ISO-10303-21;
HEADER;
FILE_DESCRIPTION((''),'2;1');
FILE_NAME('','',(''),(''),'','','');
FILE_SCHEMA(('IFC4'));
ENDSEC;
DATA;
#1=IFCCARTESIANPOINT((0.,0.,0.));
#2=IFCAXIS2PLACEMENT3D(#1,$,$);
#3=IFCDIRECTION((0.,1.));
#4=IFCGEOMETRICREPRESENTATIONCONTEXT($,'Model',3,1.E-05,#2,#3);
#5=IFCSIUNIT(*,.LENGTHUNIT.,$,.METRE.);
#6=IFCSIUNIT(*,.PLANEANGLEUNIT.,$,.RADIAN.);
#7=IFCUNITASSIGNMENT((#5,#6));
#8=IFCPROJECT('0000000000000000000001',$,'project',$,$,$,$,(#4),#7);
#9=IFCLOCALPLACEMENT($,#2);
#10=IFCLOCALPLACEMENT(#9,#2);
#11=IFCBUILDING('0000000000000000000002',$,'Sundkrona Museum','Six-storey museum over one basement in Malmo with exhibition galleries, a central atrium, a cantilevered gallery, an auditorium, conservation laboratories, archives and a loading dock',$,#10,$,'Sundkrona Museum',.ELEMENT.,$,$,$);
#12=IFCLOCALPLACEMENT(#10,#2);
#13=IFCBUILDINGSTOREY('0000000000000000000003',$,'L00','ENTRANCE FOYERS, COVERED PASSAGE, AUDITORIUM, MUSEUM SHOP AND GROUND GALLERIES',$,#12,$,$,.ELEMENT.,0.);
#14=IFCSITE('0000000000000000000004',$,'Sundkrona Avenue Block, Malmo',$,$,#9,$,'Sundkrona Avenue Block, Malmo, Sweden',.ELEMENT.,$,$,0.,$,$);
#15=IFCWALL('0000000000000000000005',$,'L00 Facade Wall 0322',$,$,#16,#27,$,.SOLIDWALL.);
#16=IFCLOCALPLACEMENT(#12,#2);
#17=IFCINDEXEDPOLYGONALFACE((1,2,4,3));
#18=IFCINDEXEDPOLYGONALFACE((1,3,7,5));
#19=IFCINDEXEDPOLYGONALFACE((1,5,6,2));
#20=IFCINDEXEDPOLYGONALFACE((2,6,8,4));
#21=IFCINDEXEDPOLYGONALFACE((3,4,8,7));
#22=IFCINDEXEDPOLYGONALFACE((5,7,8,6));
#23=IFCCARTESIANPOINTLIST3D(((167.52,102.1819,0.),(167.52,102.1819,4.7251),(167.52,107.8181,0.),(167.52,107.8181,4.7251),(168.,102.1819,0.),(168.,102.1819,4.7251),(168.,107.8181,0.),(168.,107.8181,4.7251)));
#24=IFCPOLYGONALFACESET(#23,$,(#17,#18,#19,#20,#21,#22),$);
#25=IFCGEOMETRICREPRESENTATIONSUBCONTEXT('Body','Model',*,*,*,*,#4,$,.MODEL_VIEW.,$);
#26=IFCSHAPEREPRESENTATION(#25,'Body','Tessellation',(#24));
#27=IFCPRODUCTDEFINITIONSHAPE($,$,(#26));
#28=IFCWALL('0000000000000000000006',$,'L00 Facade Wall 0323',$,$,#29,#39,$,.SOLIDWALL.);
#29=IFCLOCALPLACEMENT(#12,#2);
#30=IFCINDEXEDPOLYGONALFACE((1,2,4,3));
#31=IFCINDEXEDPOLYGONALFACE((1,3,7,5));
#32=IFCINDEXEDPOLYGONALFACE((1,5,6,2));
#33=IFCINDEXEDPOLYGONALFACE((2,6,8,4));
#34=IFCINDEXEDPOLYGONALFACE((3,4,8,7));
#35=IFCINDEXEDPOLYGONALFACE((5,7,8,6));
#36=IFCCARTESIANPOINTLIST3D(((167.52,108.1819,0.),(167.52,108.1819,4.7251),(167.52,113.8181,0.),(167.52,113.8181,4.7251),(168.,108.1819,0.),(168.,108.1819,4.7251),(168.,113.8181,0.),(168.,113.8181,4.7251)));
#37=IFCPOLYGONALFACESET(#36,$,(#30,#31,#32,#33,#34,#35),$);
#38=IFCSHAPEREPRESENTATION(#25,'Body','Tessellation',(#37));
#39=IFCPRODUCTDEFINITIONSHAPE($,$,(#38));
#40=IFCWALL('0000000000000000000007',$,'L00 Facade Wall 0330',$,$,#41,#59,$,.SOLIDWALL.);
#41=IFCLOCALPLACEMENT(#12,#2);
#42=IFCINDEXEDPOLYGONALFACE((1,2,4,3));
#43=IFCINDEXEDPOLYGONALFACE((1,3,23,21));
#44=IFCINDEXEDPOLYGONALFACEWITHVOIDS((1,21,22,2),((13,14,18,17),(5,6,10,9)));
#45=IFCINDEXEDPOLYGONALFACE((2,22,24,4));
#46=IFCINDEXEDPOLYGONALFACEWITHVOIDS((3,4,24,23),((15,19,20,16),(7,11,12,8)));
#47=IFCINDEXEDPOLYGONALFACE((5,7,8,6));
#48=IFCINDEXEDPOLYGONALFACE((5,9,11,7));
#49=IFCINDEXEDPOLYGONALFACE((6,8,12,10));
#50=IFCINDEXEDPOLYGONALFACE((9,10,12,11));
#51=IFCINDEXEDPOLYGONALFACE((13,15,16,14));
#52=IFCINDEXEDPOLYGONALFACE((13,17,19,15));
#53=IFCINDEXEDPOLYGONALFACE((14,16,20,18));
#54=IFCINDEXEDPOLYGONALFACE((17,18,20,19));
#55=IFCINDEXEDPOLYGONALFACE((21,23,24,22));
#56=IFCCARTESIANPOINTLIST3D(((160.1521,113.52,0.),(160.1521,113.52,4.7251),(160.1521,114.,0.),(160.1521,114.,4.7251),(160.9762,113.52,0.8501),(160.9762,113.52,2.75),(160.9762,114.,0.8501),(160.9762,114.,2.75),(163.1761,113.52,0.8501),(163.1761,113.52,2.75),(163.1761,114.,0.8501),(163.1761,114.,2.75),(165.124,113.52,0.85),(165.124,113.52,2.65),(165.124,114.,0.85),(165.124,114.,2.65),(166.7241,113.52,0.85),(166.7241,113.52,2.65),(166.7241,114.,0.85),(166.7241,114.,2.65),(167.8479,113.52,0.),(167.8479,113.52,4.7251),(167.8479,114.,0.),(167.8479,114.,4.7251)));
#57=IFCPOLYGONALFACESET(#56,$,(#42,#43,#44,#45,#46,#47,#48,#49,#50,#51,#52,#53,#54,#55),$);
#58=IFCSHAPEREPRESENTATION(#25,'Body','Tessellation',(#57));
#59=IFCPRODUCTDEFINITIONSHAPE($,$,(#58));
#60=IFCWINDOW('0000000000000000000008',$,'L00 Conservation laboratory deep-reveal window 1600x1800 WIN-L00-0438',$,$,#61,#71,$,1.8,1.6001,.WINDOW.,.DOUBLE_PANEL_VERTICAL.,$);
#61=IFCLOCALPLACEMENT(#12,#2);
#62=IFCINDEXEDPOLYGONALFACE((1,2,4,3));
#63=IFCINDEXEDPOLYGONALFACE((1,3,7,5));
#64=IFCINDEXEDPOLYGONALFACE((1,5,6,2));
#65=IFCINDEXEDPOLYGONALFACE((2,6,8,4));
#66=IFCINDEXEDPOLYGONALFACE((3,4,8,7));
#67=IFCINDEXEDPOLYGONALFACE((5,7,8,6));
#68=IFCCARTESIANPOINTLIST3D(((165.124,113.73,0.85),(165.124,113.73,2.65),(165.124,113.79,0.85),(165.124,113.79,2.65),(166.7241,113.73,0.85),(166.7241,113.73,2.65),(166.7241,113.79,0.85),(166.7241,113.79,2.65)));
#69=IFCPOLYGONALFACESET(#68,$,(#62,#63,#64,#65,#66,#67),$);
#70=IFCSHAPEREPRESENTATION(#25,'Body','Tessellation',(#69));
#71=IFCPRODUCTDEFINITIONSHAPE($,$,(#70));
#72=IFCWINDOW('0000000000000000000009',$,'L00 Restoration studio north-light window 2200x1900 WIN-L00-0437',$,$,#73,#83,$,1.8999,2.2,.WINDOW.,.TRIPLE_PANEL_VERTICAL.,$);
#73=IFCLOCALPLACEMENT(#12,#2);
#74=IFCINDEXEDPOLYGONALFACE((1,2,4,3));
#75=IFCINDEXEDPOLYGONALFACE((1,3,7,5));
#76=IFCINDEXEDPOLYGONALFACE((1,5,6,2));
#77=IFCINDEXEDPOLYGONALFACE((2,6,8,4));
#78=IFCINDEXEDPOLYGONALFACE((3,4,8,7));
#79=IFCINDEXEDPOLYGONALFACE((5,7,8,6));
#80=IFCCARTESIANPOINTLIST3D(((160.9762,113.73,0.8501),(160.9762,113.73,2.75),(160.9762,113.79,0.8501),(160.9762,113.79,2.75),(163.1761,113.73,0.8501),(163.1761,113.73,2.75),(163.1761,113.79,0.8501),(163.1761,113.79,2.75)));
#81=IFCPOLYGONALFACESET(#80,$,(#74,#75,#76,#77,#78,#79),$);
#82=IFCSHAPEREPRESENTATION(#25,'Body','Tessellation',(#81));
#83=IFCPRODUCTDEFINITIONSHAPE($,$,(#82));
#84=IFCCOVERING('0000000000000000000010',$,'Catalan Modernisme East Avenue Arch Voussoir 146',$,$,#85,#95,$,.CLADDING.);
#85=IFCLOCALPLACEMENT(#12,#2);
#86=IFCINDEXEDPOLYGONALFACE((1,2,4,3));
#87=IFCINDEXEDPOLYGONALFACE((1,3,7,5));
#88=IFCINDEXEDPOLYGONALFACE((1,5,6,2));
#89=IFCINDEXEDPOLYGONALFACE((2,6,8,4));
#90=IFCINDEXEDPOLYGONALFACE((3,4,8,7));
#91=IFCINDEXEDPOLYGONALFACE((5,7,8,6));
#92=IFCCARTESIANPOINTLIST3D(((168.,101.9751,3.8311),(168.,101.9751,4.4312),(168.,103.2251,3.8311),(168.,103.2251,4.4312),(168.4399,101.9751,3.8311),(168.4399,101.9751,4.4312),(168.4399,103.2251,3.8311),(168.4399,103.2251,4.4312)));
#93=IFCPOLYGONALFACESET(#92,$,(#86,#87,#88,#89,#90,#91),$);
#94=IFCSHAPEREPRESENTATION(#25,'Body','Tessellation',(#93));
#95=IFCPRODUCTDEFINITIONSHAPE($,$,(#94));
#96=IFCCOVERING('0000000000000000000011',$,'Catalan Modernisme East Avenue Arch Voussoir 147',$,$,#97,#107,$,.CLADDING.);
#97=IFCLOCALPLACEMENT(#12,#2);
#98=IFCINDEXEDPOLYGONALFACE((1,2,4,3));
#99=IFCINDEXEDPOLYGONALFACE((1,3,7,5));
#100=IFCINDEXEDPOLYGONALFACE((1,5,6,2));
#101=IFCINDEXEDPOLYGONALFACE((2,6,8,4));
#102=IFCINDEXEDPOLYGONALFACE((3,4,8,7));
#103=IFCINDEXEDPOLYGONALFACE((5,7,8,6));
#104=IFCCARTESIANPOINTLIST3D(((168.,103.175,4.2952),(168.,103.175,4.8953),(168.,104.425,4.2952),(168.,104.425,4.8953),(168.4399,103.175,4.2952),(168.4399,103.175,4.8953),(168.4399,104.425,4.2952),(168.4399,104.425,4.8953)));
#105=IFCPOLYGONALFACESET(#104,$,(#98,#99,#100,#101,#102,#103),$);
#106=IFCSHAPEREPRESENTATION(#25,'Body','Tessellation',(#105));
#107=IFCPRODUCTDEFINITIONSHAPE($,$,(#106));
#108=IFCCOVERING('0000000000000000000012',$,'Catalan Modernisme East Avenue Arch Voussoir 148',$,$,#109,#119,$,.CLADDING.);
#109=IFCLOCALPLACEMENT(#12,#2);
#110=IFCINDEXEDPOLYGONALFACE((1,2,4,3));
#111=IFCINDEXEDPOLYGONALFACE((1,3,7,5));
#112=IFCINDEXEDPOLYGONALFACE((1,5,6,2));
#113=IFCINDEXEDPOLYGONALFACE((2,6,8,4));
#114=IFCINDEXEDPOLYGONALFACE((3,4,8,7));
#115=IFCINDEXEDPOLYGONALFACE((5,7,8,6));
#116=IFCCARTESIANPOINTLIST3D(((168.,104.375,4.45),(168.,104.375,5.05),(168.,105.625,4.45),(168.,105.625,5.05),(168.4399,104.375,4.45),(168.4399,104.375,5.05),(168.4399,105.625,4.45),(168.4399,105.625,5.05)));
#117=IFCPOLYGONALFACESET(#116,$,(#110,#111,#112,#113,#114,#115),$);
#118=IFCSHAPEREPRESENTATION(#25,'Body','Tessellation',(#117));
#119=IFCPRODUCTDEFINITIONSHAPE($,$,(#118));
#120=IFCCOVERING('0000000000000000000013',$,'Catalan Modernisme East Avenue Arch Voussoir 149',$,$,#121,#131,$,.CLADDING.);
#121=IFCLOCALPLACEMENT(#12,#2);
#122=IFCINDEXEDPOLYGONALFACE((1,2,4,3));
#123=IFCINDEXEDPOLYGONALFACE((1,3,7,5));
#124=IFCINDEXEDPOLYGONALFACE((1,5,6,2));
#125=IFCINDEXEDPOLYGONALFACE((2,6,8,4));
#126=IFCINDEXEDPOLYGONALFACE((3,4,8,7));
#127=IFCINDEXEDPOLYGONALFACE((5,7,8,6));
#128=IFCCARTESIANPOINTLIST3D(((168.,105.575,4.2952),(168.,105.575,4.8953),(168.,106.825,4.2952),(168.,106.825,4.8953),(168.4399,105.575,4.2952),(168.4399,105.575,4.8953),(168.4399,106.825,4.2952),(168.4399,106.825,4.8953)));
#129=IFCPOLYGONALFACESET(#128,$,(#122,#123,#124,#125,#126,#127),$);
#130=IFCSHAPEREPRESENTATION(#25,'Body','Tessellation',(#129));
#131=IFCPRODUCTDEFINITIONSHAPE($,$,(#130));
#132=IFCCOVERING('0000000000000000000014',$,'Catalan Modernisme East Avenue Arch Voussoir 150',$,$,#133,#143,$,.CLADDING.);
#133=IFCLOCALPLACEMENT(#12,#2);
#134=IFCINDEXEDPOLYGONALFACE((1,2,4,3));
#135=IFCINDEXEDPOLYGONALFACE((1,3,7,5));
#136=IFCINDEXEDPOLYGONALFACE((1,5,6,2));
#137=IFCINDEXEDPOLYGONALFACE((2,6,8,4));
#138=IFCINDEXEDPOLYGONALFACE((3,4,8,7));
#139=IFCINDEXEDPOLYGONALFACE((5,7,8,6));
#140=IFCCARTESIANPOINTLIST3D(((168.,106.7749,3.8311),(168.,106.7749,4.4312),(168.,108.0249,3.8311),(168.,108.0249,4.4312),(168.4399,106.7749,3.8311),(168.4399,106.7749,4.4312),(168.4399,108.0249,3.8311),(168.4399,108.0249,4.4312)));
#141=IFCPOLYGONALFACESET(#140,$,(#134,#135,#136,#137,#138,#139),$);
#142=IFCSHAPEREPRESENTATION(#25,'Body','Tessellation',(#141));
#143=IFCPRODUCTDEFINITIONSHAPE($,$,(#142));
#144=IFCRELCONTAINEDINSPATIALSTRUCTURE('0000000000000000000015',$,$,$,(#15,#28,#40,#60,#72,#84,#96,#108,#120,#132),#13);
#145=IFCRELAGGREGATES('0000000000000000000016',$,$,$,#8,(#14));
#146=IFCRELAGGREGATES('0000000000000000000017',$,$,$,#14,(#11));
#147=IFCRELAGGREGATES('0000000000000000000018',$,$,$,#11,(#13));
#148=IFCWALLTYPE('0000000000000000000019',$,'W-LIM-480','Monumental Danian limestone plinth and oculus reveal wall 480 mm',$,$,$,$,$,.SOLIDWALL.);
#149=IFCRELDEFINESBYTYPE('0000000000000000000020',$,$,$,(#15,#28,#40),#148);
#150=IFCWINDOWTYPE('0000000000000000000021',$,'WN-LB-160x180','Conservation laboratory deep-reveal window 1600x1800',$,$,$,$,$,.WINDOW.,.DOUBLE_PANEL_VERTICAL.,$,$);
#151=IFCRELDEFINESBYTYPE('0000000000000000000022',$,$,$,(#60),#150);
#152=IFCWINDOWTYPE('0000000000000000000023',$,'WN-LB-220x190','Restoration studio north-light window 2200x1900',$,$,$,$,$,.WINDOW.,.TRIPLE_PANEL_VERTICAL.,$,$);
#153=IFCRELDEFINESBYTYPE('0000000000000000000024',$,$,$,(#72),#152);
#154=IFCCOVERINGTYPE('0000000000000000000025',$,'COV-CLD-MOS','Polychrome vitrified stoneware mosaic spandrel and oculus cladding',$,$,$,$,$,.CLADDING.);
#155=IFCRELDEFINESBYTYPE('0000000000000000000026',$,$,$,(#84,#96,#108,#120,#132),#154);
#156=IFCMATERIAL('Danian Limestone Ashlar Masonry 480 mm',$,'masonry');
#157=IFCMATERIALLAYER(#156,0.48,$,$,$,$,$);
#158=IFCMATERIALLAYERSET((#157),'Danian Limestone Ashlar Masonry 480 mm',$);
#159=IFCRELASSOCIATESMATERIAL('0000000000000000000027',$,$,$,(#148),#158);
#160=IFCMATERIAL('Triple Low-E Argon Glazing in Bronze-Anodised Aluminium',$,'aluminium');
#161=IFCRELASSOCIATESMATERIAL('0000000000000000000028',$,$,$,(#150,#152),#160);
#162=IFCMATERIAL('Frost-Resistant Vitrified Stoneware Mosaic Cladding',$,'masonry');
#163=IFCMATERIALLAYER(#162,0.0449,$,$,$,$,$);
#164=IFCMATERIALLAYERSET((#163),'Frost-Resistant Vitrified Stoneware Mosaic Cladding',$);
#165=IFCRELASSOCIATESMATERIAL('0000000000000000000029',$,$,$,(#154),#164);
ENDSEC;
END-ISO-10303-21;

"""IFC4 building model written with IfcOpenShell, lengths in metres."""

from ifc_helpers import new_model, si_unit, direction, frame, frame_2d, origin, origin_2d, place, context, subcontext, project, spatial, rectangle, extrude, material, layer, layer_set, type_object, element, fill, save


model = new_model("IFC4")

# Units and contexts
model_context = context("Model", 3, precision=1e-05, world=origin(), true_north=direction((0.0, 1.0)))
body_context = subcontext(model_context, "Body", "Model", "MODEL_VIEW")
ifc_project = project(units=[si_unit("LENGTHUNIT", "METRE"), si_unit("PLANEANGLEUNIT", "RADIAN")], contexts=[model_context])

# Site, building, storey
site_placement = place(None, origin())
site = spatial("IfcSite", under=ifc_project, at=site_placement, Name="Sundkrona Avenue Block, Malmo", LongName="Sundkrona Avenue Block, Malmo, Sweden", CompositionType="ELEMENT", RefElevation=0.0)
building_placement = place(site_placement, origin())
building = spatial("IfcBuilding", under=site, at=building_placement, Name="Sundkrona Museum", Description="Six-storey museum over one basement in Malmo with exhibition galleries, a central atrium, a cantilevered gallery, an auditorium, conservation laboratories, archives and a loading dock", LongName="Sundkrona Museum", CompositionType="ELEMENT")
storey_placement = place(building_placement, origin())
storey = spatial("IfcBuildingStorey", under=building, at=storey_placement, Name="L00", Description="ENTRANCE FOYERS, COVERED PASSAGE, AUDITORIUM, MUSEUM SHOP AND GROUND GALLERIES", CompositionType="ELEMENT", Elevation=0.0)

# Walls
ifc_material_1 = material(Name="Danian Limestone Ashlar Masonry 480 mm", Category="masonry")
ifc_layer_1 = layer(ifc_material_1, 0.48)
ifc_layer_set_1 = layer_set([ifc_layer_1], Name="Danian Limestone Ashlar Masonry 480 mm")
wall_type = type_object("IfcWallType", Name="W-LIM-480", Description="Monumental Danian limestone plinth and oculus reveal wall 480 mm", PredefinedType="SOLIDWALL", material=ifc_layer_set_1)
for number, where, z_axis, x_axis, name in (
    (1, (167.76, 107.8181, 0.0), (0.0, 0.0, 1.0), (0.0, -1.0, 0.0), "L00 Facade Wall 0322"),
    (2, (167.76, 113.8181, 0.0), (0.0, 0.0, 1.0), (0.0, -1.0, 0.0), "L00 Facade Wall 0323"),
):
    element("IfcWall", number, at=place(storey_placement, frame(where, z_axis=z_axis, x_axis=x_axis)), inside=storey, type_object=wall_type, Name=name, PredefinedType="SOLIDWALL", context=body_context, shape_type="SweptSolid", body=[
        extrude(rectangle(XDim=5.6362, YDim=0.48, at=frame_2d((2.8181, 0.0))), origin(), (0.0, 0.0, 1.0), 4.7251),
    ])

# Wall, openings, windows
wall_placement = place(storey_placement, frame((160.1521, 113.76, 0.0), z_axis=(0.0, 0.0, 1.0), x_axis=(1.0, 0.0, 0.0)))
wall = element("IfcWall", 3, at=wall_placement, inside=storey, type_object=wall_type, Name="L00 Facade Wall 0330", PredefinedType="SOLIDWALL", context=body_context, shape_type="SweptSolid", body=[
    extrude(rectangle(XDim=7.6958, YDim=0.48, at=frame_2d((3.8479, 0.0))), origin(), (0.0, 0.0, 1.0), 4.7251),
])
opening_1_placement = place(wall_placement, frame((0.824, 0.0, 0.8501)))
opening_1 = element("IfcOpeningElement", 4, at=opening_1_placement, cuts=wall, PredefinedType="OPENING", context=body_context, shape_type="SweptSolid", body=[
    extrude(rectangle(XDim=2.2, YDim=1.8999, at=frame_2d((1.1001, 0.95))), frame((0.0, 0.25, 0.0), z_axis=(0.0, -1.0, 0.0), x_axis=(1.0, 0.0, 0.0)), (0.0, 0.0, 1.0), 0.5),
])
opening_2_placement = place(wall_placement, frame((4.9719, 0.0, 0.8501)))
opening_2 = element("IfcOpeningElement", 5, at=opening_2_placement, cuts=wall, PredefinedType="OPENING", context=body_context, shape_type="SweptSolid", body=[
    extrude(rectangle(XDim=1.6001, YDim=1.8, at=frame_2d((0.8, 0.8999))), frame((0.0, 0.25, 0.0), z_axis=(0.0, -1.0, 0.0), x_axis=(1.0, 0.0, 0.0)), (0.0, 0.0, 1.0), 0.5),
])
ifc_material_2 = material(Name="Triple Low-E Argon Glazing in Bronze-Anodised Aluminium", Category="aluminium")
window_type_1 = type_object("IfcWindowType", Name="WN-LB-160x180", Description="Conservation laboratory deep-reveal window 1600x1800", PartitioningType="DOUBLE_PANEL_VERTICAL", PredefinedType="WINDOW", material=ifc_material_2)
window_1_placement = place(opening_2_placement, origin())
window_1 = element("IfcWindow", 6, at=window_1_placement, inside=storey, type_object=window_type_1, Name="L00 Conservation laboratory deep-reveal window 1600x1800 WIN-L00-0438", OverallHeight=1.8, OverallWidth=1.6001, PartitioningType="DOUBLE_PANEL_VERTICAL", PredefinedType="WINDOW", context=body_context, shape_type="SweptSolid", body=[
    extrude(rectangle(XDim=1.6001, YDim=1.8, at=frame_2d((0.8, 0.8999))), frame((0.0, 0.03, 0.0), z_axis=(0.0, -1.0, 0.0), x_axis=(1.0, 0.0, 0.0)), (0.0, 0.0, 1.0), 0.0601),
])
fill(opening_2, window_1)
window_type_2 = type_object("IfcWindowType", Name="WN-LB-220x190", Description="Restoration studio north-light window 2200x1900", PartitioningType="TRIPLE_PANEL_VERTICAL", PredefinedType="WINDOW", material=ifc_material_2)
window_2_placement = place(opening_1_placement, origin())
window_2 = element("IfcWindow", 7, at=window_2_placement, inside=storey, type_object=window_type_2, Name="L00 Restoration studio north-light window 2200x1900 WIN-L00-0437", OverallHeight=1.8999, OverallWidth=2.2, PartitioningType="TRIPLE_PANEL_VERTICAL", PredefinedType="WINDOW", context=body_context, shape_type="SweptSolid", body=[
    extrude(rectangle(XDim=2.2, YDim=1.8999, at=frame_2d((1.1001, 0.95))), frame((0.0, 0.03, 0.0), z_axis=(0.0, -1.0, 0.0), x_axis=(1.0, 0.0, 0.0)), (0.0, 0.0, 1.0), 0.0601),
])
fill(opening_1, window_2)

# Coverings
ifc_material_3 = material(Name="Frost-Resistant Vitrified Stoneware Mosaic Cladding", Category="masonry")
ifc_layer_2 = layer(ifc_material_3, 0.0449)
ifc_layer_set_2 = layer_set([ifc_layer_2], Name="Frost-Resistant Vitrified Stoneware Mosaic Cladding")
covering_type = type_object("IfcCoveringType", Name="COV-CLD-MOS", Description="Polychrome vitrified stoneware mosaic spandrel and oculus cladding", PredefinedType="CLADDING", material=ifc_layer_set_2)
for number, where, z_axis, x_axis, name in (
    (8, (168.22, 102.6001, 3.8311), (0.0, 0.0, 1.0), (1.0, 0.0, 0.0), "Catalan Modernisme East Avenue Arch Voussoir 146"),
    (9, (168.22, 103.8, 4.2952), (0.0, 0.0, 1.0), (1.0, 0.0, 0.0), "Catalan Modernisme East Avenue Arch Voussoir 147"),
    (10, (168.22, 105.0, 4.45), (0.0, 0.0, 1.0), (1.0, 0.0, 0.0), "Catalan Modernisme East Avenue Arch Voussoir 148"),
    (11, (168.22, 106.2, 4.2952), (0.0, 0.0, 1.0), (1.0, 0.0, 0.0), "Catalan Modernisme East Avenue Arch Voussoir 149"),
    (12, (168.22, 107.3999, 3.8311), (0.0, 0.0, 1.0), (1.0, 0.0, 0.0), "Catalan Modernisme East Avenue Arch Voussoir 150"),
):
    element("IfcCovering", number, at=place(storey_placement, frame(where, z_axis=z_axis, x_axis=x_axis)), inside=storey, type_object=covering_type, Name=name, PredefinedType="CLADDING", context=body_context, shape_type="SweptSolid", body=[
        extrude(rectangle(XDim=0.4399, YDim=1.25, at=origin_2d()), origin(), (0.0, 0.0, 1.0), 0.6001),
    ])

save(model, "model.ifc")
